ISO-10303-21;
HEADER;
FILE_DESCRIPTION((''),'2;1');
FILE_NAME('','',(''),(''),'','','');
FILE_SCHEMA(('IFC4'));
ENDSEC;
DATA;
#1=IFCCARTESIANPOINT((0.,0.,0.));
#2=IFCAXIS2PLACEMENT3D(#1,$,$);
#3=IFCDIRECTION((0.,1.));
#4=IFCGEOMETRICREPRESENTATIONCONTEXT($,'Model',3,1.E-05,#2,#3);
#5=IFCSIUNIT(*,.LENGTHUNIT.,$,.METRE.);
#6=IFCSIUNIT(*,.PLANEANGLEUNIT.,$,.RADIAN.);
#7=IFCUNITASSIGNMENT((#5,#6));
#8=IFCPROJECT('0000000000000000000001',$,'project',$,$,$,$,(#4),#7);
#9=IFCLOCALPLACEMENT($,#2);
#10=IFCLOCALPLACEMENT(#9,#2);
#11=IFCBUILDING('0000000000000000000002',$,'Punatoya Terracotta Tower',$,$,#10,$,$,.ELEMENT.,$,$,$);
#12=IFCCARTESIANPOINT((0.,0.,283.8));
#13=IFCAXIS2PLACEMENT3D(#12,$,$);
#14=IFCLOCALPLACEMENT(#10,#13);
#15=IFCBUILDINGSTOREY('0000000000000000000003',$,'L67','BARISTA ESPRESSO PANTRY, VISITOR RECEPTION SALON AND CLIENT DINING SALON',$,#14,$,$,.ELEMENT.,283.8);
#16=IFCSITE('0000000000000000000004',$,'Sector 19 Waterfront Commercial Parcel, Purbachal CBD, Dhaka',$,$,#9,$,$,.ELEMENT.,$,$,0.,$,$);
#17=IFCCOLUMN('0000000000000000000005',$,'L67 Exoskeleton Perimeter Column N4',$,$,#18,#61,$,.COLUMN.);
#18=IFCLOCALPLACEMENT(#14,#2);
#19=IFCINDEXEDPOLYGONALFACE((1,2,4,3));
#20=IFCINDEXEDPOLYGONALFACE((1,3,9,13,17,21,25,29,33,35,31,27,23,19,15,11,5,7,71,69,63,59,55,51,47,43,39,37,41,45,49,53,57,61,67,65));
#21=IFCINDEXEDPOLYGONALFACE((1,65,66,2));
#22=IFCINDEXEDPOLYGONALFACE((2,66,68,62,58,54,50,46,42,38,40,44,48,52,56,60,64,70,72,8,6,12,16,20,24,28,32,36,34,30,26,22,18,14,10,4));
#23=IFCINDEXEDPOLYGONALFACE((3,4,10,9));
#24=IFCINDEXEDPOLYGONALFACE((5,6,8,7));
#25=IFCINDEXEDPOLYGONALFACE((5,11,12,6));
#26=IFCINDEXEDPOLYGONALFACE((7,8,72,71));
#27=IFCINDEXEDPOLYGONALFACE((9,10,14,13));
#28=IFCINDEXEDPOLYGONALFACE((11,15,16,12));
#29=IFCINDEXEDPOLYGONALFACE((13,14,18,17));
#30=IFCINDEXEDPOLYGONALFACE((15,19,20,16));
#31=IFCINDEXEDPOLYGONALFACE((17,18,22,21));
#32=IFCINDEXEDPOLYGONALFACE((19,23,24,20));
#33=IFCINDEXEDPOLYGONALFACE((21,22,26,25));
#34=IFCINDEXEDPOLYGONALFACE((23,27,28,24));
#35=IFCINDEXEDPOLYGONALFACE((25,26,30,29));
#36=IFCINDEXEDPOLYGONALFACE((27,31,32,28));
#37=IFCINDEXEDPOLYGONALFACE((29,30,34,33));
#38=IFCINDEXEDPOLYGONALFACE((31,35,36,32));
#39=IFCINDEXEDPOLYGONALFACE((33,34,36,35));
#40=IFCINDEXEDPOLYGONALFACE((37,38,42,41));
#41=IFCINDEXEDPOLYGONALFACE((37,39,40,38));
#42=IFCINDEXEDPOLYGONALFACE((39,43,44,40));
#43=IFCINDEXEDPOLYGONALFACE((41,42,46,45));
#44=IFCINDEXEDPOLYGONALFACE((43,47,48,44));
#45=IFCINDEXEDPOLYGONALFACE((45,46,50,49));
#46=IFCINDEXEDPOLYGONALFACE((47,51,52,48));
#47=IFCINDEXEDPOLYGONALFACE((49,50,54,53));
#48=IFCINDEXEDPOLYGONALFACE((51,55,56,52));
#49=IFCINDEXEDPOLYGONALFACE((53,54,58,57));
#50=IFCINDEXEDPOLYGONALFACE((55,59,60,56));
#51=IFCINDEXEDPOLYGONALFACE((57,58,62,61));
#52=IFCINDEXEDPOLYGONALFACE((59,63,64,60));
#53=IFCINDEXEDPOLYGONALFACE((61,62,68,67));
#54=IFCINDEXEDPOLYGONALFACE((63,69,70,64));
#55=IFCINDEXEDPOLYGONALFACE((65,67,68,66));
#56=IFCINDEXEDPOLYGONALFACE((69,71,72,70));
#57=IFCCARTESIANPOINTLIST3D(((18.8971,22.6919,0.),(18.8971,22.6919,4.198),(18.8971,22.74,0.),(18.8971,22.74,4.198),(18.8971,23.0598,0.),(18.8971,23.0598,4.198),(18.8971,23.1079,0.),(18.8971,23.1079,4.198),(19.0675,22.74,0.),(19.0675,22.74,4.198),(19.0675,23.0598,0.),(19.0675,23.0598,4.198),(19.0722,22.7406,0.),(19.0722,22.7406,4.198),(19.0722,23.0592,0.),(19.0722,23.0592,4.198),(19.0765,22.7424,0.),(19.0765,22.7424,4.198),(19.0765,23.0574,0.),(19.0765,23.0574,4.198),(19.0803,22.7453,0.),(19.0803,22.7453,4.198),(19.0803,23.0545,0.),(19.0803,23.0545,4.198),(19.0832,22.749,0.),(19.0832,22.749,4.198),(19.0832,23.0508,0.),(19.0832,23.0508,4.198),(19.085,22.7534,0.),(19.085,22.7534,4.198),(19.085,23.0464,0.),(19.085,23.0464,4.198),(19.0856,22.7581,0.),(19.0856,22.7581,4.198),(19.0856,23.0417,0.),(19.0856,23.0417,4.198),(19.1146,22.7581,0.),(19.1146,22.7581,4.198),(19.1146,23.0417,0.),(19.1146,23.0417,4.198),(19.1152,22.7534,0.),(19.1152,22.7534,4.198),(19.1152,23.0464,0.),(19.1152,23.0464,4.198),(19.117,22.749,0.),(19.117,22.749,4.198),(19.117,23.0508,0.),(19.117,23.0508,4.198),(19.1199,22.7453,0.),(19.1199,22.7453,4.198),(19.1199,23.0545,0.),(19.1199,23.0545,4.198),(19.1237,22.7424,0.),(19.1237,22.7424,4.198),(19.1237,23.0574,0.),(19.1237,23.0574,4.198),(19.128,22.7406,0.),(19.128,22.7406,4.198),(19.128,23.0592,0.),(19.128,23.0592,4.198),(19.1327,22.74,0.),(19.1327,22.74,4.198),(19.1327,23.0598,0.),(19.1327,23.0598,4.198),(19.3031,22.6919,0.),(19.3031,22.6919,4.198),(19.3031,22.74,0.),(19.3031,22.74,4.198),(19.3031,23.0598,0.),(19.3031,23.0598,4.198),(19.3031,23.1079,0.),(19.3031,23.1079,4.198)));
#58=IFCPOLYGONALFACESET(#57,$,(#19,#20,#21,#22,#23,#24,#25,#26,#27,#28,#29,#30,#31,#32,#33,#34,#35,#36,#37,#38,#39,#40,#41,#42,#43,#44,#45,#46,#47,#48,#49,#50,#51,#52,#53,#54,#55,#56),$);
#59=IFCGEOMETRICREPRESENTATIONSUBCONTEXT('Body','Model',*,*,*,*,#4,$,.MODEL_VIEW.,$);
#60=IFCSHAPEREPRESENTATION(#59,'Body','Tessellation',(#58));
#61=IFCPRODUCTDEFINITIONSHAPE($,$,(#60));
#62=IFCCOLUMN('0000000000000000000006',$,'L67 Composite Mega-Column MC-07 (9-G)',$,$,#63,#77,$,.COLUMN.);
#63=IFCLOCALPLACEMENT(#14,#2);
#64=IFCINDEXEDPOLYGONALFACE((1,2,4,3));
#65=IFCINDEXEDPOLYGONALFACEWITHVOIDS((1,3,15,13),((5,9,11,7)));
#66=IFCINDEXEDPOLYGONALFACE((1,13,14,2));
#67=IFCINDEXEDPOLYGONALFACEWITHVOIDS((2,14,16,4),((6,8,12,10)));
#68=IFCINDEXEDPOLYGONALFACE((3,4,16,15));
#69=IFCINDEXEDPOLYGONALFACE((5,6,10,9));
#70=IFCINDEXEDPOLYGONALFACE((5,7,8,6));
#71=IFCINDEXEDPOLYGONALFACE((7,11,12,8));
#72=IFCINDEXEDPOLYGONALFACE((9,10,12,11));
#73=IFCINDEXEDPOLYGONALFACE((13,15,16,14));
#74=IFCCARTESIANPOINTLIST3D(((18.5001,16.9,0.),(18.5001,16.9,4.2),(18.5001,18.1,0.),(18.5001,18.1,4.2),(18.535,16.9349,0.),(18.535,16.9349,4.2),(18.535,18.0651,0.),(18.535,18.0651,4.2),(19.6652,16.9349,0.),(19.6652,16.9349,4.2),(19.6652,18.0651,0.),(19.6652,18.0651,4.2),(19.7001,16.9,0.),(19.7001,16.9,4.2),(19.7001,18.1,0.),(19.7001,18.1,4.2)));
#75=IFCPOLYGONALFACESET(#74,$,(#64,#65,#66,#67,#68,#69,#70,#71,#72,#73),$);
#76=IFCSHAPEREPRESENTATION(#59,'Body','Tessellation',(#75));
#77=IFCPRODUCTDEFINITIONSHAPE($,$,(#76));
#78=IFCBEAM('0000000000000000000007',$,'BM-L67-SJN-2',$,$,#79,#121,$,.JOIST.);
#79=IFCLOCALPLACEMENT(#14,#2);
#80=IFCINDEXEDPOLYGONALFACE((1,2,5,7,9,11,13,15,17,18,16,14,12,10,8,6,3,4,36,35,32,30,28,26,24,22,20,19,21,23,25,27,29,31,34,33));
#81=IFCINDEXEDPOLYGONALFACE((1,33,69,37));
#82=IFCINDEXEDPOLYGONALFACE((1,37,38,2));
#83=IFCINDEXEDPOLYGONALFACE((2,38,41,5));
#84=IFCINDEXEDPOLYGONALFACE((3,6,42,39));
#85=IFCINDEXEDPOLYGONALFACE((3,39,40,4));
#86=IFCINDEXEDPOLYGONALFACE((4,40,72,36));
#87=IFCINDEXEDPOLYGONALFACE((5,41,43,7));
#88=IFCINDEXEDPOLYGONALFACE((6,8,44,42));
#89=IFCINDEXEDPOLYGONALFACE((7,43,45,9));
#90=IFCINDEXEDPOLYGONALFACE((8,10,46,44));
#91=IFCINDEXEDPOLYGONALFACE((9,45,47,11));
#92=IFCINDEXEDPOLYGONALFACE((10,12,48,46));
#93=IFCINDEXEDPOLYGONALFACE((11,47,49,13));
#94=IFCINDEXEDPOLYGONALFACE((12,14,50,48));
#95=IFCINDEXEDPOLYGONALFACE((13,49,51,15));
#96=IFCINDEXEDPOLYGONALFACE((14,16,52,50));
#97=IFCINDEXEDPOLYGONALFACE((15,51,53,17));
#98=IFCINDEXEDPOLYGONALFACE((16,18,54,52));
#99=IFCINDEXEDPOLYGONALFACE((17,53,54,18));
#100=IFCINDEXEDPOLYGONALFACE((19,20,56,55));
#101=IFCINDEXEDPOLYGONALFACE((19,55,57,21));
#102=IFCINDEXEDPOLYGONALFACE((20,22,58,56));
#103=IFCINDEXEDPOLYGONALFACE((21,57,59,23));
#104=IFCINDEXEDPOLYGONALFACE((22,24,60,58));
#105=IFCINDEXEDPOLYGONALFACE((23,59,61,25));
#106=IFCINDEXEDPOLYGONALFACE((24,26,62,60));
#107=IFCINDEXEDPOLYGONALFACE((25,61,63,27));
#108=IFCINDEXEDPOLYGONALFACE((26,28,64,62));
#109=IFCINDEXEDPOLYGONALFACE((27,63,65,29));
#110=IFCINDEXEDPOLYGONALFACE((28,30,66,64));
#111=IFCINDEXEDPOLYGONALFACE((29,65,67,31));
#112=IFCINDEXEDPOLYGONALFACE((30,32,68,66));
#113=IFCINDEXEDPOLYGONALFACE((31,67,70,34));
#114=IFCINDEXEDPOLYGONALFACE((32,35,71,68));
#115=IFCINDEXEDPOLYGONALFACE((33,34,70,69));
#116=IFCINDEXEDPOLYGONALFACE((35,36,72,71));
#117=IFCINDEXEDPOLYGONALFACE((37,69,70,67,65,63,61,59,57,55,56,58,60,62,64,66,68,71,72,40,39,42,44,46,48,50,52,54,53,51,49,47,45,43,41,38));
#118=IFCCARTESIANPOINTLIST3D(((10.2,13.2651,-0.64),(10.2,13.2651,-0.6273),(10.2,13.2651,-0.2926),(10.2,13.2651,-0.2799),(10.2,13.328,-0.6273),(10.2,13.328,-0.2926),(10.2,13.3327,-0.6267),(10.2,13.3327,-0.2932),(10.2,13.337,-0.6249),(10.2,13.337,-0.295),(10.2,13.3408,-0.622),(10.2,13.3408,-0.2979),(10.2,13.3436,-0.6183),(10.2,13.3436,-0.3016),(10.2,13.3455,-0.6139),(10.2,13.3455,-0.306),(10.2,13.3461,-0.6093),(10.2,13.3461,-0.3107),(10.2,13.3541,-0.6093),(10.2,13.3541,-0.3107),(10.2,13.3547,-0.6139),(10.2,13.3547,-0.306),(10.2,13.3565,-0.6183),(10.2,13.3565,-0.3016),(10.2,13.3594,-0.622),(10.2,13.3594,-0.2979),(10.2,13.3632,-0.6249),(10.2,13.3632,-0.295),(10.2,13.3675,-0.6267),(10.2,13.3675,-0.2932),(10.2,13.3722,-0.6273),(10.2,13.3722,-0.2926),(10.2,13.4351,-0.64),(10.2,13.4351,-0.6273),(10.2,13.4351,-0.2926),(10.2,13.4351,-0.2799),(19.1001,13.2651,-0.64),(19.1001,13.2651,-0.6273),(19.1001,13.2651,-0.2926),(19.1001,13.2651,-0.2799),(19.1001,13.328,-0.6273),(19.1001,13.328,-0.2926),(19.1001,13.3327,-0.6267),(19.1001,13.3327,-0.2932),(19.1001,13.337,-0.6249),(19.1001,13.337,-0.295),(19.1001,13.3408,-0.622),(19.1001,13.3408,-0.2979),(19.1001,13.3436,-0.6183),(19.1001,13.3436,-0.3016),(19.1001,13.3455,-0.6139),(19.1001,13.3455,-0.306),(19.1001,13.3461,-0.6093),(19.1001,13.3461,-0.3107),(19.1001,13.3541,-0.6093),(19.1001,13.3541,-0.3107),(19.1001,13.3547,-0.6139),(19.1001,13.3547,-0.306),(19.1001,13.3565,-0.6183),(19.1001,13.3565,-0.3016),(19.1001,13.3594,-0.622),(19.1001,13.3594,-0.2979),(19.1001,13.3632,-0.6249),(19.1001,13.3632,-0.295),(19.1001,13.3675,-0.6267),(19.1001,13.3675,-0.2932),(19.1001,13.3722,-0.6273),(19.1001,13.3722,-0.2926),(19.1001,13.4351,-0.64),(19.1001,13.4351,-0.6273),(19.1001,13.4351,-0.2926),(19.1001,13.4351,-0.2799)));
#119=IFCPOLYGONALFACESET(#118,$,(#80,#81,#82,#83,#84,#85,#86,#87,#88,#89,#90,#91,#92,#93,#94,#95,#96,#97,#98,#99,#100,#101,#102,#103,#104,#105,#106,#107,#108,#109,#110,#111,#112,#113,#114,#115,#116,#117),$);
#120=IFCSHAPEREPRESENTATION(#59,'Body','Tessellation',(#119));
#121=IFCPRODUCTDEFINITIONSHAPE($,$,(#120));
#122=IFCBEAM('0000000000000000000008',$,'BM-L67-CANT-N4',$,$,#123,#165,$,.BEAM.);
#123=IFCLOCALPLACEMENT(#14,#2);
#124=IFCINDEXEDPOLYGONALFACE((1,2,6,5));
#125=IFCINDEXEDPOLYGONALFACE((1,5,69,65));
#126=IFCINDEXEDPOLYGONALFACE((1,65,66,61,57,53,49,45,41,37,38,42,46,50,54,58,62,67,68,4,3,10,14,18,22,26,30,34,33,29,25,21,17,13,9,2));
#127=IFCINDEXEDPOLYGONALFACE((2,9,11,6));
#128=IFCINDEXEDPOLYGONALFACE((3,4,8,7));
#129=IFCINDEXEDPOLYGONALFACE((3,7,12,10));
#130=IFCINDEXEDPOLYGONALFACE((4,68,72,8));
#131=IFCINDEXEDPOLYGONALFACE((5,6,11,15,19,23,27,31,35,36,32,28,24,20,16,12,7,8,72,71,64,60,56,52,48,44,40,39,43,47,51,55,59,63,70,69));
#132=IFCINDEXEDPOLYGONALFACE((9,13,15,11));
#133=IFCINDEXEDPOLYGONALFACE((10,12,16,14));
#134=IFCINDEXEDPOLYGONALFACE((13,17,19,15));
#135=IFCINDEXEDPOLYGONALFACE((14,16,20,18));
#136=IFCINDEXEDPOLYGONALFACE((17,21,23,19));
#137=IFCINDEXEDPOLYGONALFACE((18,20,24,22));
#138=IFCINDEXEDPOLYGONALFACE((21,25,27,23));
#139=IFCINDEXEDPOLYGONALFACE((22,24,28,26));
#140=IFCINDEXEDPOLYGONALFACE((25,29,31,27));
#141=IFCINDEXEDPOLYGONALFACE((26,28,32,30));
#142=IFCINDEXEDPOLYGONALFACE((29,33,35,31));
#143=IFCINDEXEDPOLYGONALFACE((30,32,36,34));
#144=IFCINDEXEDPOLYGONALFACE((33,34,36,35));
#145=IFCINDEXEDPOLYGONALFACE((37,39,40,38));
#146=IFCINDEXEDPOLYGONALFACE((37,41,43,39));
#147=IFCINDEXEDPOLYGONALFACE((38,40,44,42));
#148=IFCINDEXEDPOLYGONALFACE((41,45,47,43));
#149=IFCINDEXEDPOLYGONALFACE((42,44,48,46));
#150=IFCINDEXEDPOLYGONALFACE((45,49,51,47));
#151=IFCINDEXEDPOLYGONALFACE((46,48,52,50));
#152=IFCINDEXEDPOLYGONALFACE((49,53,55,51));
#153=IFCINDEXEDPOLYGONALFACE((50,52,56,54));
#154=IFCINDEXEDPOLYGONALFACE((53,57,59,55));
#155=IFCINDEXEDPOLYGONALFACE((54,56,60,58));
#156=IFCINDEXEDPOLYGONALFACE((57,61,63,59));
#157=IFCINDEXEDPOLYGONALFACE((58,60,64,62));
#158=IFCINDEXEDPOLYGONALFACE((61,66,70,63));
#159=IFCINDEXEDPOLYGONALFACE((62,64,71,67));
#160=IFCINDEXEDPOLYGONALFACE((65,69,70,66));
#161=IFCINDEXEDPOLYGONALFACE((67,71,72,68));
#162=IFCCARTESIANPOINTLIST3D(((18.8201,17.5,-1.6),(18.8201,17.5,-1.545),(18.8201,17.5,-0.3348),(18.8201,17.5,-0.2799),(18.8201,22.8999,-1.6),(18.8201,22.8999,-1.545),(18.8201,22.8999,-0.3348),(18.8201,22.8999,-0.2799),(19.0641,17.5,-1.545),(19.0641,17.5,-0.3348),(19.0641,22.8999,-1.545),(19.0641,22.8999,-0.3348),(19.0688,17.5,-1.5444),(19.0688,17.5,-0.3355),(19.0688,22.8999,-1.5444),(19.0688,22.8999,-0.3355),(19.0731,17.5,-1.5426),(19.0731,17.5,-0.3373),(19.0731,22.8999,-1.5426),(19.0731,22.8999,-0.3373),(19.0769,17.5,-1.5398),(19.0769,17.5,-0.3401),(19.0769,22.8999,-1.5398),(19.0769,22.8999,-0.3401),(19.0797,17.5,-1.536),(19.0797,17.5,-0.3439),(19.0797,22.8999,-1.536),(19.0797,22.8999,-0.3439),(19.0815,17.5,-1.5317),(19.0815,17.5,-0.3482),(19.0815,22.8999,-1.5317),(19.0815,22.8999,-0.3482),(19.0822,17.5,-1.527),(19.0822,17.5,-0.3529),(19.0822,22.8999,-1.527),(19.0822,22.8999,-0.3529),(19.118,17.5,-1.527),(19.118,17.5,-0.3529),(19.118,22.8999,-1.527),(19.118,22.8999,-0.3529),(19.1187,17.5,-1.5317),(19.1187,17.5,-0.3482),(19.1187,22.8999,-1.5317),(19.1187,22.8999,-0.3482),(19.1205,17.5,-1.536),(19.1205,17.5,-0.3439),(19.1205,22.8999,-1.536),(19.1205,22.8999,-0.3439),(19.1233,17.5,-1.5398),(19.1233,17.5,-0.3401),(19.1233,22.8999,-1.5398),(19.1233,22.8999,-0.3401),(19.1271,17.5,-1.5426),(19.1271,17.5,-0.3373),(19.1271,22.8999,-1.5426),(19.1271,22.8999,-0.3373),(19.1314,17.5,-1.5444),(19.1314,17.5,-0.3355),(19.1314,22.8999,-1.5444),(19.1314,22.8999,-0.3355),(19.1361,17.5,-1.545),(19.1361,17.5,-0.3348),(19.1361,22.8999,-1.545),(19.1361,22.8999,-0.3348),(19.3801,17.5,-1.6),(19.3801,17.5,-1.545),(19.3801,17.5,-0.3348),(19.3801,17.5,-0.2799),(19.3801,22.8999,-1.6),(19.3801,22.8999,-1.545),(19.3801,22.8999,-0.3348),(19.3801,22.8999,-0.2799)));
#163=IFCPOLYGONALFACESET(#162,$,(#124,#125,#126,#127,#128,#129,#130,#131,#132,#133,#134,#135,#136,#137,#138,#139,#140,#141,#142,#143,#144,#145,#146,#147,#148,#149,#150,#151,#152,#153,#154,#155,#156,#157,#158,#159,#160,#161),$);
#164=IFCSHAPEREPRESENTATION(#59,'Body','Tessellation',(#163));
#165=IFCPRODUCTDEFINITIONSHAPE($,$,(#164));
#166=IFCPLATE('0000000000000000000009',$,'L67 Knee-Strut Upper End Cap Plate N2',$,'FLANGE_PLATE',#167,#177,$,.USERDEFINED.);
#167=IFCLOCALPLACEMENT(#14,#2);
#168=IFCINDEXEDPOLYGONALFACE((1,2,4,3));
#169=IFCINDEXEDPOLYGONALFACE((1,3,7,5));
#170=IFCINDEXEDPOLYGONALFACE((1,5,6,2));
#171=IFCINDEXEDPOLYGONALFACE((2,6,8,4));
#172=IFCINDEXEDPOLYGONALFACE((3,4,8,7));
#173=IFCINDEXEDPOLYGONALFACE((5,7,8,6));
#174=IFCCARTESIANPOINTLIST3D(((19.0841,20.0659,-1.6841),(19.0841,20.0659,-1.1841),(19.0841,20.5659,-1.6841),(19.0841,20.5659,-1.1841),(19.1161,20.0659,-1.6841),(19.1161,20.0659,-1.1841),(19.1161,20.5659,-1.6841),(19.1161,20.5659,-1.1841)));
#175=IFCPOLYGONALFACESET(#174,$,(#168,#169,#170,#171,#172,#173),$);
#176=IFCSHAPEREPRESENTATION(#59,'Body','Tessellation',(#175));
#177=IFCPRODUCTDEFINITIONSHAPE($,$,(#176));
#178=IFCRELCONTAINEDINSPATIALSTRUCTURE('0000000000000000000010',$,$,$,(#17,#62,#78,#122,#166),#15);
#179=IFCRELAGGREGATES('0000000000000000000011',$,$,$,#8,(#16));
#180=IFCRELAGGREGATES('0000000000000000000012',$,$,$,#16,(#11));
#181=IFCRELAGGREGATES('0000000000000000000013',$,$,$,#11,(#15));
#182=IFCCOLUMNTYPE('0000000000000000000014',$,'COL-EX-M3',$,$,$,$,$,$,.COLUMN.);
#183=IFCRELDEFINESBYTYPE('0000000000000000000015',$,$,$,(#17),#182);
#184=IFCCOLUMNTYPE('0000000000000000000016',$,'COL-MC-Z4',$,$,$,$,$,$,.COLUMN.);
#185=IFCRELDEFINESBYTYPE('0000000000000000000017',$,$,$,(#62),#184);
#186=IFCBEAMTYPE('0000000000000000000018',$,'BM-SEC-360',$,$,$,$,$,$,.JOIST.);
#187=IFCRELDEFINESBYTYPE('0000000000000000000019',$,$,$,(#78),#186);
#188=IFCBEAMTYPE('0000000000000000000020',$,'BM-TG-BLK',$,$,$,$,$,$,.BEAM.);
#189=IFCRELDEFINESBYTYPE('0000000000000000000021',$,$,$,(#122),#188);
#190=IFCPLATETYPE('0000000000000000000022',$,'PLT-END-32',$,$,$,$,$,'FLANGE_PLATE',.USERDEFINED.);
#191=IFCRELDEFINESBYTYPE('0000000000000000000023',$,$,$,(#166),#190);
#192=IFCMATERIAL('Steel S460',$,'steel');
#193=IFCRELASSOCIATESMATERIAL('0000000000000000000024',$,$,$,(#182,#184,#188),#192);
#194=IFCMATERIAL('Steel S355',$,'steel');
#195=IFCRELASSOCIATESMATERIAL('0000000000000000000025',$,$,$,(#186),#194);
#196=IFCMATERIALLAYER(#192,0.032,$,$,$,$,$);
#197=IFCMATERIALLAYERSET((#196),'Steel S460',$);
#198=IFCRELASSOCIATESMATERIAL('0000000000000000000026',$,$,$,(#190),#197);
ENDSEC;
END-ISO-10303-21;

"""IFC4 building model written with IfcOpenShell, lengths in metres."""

from ifc_helpers import new_model, si_unit, direction, frame, origin, origin_2d, place, context, subcontext, project, spatial, rectangle, hollow_rectangle, i_section, extrude, material, layer, layer_set, material_profile, profile_set, type_object, element, save


model = new_model("IFC4")

# Units and contexts
model_context = context("Model", 3, precision=1e-05, world=origin(), true_north=direction((0.0, 1.0)))
body_context = subcontext(model_context, "Body", "Model", "MODEL_VIEW")
ifc_project = project(units=[si_unit("LENGTHUNIT", "METRE"), si_unit("PLANEANGLEUNIT", "RADIAN")], contexts=[model_context])

# Site, building, storey
site_placement = place(None, origin())
site = spatial("IfcSite", under=ifc_project, at=site_placement, Name="Sector 19 Waterfront Commercial Parcel, Purbachal CBD, Dhaka", CompositionType="ELEMENT", RefElevation=0.0)
building_placement = place(site_placement, origin())
building = spatial("IfcBuilding", under=site, at=building_placement, Name="Punatoya Terracotta Tower", CompositionType="ELEMENT")
storey_placement = place(building_placement, frame((0.0, 0.0, 283.8)))
storey = spatial("IfcBuildingStorey", under=building, at=storey_placement, Name="L67", Description="BARISTA ESPRESSO PANTRY, VISITOR RECEPTION SALON AND CLIENT DINING SALON", CompositionType="ELEMENT", Elevation=283.8)

# Columns
ifc_material_1 = material(Name="Steel S460", Category="steel")
ifc_material_profile_1 = material_profile(ifc_material_1, i_section(OverallWidth=0.406, OverallDepth=0.416, WebThickness=0.0291, FlangeThickness=0.0481, FilletRadius=0.0181, at=origin_2d()))
ifc_profile_set_1 = profile_set([ifc_material_profile_1], Name="Steel S460")
column_type_1 = type_object("IfcColumnType", Name="COL-EX-M3", PredefinedType="COLUMN", material=ifc_profile_set_1)
column_1_placement = place(storey_placement, frame((19.1001, 22.8999, 0.0), z_axis=(0.0, 0.0, 1.0), x_axis=(1.0, 0.0, 0.0)))
element("IfcColumn", 1, at=column_1_placement, inside=storey, type_object=column_type_1, Name="L67 Exoskeleton Perimeter Column N4", PredefinedType="COLUMN", context=body_context, shape_type="SweptSolid", body=[
    extrude(i_section(OverallWidth=0.406, OverallDepth=0.416, WebThickness=0.0291, FlangeThickness=0.0481, FilletRadius=0.0181, at=origin_2d()), origin(), (0.0, 0.0, 1.0), 4.198),
])
ifc_material_profile_2 = material_profile(ifc_material_1, hollow_rectangle(XDim=1.2, YDim=1.2, WallThickness=0.0349, at=origin_2d()))
ifc_profile_set_2 = profile_set([ifc_material_profile_2], Name="Steel S460")
column_type_2 = type_object("IfcColumnType", Name="COL-MC-Z4", PredefinedType="COLUMN", material=ifc_profile_set_2)
column_2_placement = place(storey_placement, frame((19.1001, 17.5, 0.0), z_axis=(0.0, 0.0, 1.0), x_axis=(1.0, 0.0, 0.0)))
element("IfcColumn", 2, at=column_2_placement, inside=storey, type_object=column_type_2, Name="L67 Composite Mega-Column MC-07 (9-G)", PredefinedType="COLUMN", context=body_context, shape_type="SweptSolid", body=[
    extrude(hollow_rectangle(XDim=1.2, YDim=1.2, WallThickness=0.0349, at=origin_2d()), origin(), (0.0, 0.0, 1.0), 4.2),
])

# Beams
ifc_material_2 = material(Name="Steel S355", Category="steel")
ifc_material_profile_3 = material_profile(ifc_material_2, i_section(OverallWidth=0.1699, OverallDepth=0.3601, WebThickness=0.0081, FlangeThickness=0.0127, FilletRadius=0.0181, at=origin_2d()))
ifc_profile_set_3 = profile_set([ifc_material_profile_3], Name="Steel S355")
beam_type_1 = type_object("IfcBeamType", Name="BM-SEC-360", PredefinedType="JOIST", material=ifc_profile_set_3)
beam_1_placement = place(storey_placement, frame((10.2, 13.3501, -0.46), z_axis=(1.0, 0.0, 0.0), x_axis=(0.0, 1.0, 0.0)))
element("IfcBeam", 3, at=beam_1_placement, inside=storey, type_object=beam_type_1, Name="BM-L67-SJN-2", PredefinedType="JOIST", context=body_context, shape_type="SweptSolid", body=[
    extrude(i_section(OverallWidth=0.1699, OverallDepth=0.3601, WebThickness=0.0081, FlangeThickness=0.0127, FilletRadius=0.0181, at=origin_2d()), origin(), (0.0, 0.0, 1.0), 8.9001),
])
ifc_material_profile_4 = material_profile(ifc_material_1, i_section(OverallWidth=0.5601, OverallDepth=1.3201, WebThickness=0.0359, FlangeThickness=0.0549, FilletRadius=0.0181, at=origin_2d()))
ifc_profile_set_4 = profile_set([ifc_material_profile_4], Name="Steel S460")
beam_type_2 = type_object("IfcBeamType", Name="BM-TG-BLK", PredefinedType="BEAM", material=ifc_profile_set_4)
beam_2_placement = place(storey_placement, frame((19.1001, 17.5, -0.9399), z_axis=(0.0, 1.0, 0.0), x_axis=(-1.0, 0.0, 0.0)))
element("IfcBeam", 4, at=beam_2_placement, inside=storey, type_object=beam_type_2, Name="BM-L67-CANT-N4", PredefinedType="BEAM", context=body_context, shape_type="SweptSolid", body=[
    extrude(i_section(OverallWidth=0.5601, OverallDepth=1.3201, WebThickness=0.0359, FlangeThickness=0.0549, FilletRadius=0.0181, at=origin_2d()), origin(), (0.0, 0.0, 1.0), 5.3999),
])

# Plate
ifc_layer_1 = layer(ifc_material_1, 0.032)
ifc_layer_set_1 = layer_set([ifc_layer_1], Name="Steel S460")
plate_type_1 = type_object("IfcPlateType", Name="PLT-END-32", ElementType="FLANGE_PLATE", PredefinedType="USERDEFINED", material=ifc_layer_set_1)
plate_placement = place(storey_placement, frame((19.1001, 20.3159, -1.6841), z_axis=(0.0, 0.0, 1.0), x_axis=(0.0, 1.0, 0.0)))
element("IfcPlate", 5, at=plate_placement, inside=storey, type_object=plate_type_1, Name="L67 Knee-Strut Upper End Cap Plate N2", ObjectType="FLANGE_PLATE", PredefinedType="USERDEFINED", context=body_context, shape_type="SweptSolid", body=[
    extrude(rectangle(XDim=0.5, YDim=0.032, at=origin_2d()), origin(), (0.0, 0.0, 1.0), 0.5),
])

save(model, "model.ifc")
